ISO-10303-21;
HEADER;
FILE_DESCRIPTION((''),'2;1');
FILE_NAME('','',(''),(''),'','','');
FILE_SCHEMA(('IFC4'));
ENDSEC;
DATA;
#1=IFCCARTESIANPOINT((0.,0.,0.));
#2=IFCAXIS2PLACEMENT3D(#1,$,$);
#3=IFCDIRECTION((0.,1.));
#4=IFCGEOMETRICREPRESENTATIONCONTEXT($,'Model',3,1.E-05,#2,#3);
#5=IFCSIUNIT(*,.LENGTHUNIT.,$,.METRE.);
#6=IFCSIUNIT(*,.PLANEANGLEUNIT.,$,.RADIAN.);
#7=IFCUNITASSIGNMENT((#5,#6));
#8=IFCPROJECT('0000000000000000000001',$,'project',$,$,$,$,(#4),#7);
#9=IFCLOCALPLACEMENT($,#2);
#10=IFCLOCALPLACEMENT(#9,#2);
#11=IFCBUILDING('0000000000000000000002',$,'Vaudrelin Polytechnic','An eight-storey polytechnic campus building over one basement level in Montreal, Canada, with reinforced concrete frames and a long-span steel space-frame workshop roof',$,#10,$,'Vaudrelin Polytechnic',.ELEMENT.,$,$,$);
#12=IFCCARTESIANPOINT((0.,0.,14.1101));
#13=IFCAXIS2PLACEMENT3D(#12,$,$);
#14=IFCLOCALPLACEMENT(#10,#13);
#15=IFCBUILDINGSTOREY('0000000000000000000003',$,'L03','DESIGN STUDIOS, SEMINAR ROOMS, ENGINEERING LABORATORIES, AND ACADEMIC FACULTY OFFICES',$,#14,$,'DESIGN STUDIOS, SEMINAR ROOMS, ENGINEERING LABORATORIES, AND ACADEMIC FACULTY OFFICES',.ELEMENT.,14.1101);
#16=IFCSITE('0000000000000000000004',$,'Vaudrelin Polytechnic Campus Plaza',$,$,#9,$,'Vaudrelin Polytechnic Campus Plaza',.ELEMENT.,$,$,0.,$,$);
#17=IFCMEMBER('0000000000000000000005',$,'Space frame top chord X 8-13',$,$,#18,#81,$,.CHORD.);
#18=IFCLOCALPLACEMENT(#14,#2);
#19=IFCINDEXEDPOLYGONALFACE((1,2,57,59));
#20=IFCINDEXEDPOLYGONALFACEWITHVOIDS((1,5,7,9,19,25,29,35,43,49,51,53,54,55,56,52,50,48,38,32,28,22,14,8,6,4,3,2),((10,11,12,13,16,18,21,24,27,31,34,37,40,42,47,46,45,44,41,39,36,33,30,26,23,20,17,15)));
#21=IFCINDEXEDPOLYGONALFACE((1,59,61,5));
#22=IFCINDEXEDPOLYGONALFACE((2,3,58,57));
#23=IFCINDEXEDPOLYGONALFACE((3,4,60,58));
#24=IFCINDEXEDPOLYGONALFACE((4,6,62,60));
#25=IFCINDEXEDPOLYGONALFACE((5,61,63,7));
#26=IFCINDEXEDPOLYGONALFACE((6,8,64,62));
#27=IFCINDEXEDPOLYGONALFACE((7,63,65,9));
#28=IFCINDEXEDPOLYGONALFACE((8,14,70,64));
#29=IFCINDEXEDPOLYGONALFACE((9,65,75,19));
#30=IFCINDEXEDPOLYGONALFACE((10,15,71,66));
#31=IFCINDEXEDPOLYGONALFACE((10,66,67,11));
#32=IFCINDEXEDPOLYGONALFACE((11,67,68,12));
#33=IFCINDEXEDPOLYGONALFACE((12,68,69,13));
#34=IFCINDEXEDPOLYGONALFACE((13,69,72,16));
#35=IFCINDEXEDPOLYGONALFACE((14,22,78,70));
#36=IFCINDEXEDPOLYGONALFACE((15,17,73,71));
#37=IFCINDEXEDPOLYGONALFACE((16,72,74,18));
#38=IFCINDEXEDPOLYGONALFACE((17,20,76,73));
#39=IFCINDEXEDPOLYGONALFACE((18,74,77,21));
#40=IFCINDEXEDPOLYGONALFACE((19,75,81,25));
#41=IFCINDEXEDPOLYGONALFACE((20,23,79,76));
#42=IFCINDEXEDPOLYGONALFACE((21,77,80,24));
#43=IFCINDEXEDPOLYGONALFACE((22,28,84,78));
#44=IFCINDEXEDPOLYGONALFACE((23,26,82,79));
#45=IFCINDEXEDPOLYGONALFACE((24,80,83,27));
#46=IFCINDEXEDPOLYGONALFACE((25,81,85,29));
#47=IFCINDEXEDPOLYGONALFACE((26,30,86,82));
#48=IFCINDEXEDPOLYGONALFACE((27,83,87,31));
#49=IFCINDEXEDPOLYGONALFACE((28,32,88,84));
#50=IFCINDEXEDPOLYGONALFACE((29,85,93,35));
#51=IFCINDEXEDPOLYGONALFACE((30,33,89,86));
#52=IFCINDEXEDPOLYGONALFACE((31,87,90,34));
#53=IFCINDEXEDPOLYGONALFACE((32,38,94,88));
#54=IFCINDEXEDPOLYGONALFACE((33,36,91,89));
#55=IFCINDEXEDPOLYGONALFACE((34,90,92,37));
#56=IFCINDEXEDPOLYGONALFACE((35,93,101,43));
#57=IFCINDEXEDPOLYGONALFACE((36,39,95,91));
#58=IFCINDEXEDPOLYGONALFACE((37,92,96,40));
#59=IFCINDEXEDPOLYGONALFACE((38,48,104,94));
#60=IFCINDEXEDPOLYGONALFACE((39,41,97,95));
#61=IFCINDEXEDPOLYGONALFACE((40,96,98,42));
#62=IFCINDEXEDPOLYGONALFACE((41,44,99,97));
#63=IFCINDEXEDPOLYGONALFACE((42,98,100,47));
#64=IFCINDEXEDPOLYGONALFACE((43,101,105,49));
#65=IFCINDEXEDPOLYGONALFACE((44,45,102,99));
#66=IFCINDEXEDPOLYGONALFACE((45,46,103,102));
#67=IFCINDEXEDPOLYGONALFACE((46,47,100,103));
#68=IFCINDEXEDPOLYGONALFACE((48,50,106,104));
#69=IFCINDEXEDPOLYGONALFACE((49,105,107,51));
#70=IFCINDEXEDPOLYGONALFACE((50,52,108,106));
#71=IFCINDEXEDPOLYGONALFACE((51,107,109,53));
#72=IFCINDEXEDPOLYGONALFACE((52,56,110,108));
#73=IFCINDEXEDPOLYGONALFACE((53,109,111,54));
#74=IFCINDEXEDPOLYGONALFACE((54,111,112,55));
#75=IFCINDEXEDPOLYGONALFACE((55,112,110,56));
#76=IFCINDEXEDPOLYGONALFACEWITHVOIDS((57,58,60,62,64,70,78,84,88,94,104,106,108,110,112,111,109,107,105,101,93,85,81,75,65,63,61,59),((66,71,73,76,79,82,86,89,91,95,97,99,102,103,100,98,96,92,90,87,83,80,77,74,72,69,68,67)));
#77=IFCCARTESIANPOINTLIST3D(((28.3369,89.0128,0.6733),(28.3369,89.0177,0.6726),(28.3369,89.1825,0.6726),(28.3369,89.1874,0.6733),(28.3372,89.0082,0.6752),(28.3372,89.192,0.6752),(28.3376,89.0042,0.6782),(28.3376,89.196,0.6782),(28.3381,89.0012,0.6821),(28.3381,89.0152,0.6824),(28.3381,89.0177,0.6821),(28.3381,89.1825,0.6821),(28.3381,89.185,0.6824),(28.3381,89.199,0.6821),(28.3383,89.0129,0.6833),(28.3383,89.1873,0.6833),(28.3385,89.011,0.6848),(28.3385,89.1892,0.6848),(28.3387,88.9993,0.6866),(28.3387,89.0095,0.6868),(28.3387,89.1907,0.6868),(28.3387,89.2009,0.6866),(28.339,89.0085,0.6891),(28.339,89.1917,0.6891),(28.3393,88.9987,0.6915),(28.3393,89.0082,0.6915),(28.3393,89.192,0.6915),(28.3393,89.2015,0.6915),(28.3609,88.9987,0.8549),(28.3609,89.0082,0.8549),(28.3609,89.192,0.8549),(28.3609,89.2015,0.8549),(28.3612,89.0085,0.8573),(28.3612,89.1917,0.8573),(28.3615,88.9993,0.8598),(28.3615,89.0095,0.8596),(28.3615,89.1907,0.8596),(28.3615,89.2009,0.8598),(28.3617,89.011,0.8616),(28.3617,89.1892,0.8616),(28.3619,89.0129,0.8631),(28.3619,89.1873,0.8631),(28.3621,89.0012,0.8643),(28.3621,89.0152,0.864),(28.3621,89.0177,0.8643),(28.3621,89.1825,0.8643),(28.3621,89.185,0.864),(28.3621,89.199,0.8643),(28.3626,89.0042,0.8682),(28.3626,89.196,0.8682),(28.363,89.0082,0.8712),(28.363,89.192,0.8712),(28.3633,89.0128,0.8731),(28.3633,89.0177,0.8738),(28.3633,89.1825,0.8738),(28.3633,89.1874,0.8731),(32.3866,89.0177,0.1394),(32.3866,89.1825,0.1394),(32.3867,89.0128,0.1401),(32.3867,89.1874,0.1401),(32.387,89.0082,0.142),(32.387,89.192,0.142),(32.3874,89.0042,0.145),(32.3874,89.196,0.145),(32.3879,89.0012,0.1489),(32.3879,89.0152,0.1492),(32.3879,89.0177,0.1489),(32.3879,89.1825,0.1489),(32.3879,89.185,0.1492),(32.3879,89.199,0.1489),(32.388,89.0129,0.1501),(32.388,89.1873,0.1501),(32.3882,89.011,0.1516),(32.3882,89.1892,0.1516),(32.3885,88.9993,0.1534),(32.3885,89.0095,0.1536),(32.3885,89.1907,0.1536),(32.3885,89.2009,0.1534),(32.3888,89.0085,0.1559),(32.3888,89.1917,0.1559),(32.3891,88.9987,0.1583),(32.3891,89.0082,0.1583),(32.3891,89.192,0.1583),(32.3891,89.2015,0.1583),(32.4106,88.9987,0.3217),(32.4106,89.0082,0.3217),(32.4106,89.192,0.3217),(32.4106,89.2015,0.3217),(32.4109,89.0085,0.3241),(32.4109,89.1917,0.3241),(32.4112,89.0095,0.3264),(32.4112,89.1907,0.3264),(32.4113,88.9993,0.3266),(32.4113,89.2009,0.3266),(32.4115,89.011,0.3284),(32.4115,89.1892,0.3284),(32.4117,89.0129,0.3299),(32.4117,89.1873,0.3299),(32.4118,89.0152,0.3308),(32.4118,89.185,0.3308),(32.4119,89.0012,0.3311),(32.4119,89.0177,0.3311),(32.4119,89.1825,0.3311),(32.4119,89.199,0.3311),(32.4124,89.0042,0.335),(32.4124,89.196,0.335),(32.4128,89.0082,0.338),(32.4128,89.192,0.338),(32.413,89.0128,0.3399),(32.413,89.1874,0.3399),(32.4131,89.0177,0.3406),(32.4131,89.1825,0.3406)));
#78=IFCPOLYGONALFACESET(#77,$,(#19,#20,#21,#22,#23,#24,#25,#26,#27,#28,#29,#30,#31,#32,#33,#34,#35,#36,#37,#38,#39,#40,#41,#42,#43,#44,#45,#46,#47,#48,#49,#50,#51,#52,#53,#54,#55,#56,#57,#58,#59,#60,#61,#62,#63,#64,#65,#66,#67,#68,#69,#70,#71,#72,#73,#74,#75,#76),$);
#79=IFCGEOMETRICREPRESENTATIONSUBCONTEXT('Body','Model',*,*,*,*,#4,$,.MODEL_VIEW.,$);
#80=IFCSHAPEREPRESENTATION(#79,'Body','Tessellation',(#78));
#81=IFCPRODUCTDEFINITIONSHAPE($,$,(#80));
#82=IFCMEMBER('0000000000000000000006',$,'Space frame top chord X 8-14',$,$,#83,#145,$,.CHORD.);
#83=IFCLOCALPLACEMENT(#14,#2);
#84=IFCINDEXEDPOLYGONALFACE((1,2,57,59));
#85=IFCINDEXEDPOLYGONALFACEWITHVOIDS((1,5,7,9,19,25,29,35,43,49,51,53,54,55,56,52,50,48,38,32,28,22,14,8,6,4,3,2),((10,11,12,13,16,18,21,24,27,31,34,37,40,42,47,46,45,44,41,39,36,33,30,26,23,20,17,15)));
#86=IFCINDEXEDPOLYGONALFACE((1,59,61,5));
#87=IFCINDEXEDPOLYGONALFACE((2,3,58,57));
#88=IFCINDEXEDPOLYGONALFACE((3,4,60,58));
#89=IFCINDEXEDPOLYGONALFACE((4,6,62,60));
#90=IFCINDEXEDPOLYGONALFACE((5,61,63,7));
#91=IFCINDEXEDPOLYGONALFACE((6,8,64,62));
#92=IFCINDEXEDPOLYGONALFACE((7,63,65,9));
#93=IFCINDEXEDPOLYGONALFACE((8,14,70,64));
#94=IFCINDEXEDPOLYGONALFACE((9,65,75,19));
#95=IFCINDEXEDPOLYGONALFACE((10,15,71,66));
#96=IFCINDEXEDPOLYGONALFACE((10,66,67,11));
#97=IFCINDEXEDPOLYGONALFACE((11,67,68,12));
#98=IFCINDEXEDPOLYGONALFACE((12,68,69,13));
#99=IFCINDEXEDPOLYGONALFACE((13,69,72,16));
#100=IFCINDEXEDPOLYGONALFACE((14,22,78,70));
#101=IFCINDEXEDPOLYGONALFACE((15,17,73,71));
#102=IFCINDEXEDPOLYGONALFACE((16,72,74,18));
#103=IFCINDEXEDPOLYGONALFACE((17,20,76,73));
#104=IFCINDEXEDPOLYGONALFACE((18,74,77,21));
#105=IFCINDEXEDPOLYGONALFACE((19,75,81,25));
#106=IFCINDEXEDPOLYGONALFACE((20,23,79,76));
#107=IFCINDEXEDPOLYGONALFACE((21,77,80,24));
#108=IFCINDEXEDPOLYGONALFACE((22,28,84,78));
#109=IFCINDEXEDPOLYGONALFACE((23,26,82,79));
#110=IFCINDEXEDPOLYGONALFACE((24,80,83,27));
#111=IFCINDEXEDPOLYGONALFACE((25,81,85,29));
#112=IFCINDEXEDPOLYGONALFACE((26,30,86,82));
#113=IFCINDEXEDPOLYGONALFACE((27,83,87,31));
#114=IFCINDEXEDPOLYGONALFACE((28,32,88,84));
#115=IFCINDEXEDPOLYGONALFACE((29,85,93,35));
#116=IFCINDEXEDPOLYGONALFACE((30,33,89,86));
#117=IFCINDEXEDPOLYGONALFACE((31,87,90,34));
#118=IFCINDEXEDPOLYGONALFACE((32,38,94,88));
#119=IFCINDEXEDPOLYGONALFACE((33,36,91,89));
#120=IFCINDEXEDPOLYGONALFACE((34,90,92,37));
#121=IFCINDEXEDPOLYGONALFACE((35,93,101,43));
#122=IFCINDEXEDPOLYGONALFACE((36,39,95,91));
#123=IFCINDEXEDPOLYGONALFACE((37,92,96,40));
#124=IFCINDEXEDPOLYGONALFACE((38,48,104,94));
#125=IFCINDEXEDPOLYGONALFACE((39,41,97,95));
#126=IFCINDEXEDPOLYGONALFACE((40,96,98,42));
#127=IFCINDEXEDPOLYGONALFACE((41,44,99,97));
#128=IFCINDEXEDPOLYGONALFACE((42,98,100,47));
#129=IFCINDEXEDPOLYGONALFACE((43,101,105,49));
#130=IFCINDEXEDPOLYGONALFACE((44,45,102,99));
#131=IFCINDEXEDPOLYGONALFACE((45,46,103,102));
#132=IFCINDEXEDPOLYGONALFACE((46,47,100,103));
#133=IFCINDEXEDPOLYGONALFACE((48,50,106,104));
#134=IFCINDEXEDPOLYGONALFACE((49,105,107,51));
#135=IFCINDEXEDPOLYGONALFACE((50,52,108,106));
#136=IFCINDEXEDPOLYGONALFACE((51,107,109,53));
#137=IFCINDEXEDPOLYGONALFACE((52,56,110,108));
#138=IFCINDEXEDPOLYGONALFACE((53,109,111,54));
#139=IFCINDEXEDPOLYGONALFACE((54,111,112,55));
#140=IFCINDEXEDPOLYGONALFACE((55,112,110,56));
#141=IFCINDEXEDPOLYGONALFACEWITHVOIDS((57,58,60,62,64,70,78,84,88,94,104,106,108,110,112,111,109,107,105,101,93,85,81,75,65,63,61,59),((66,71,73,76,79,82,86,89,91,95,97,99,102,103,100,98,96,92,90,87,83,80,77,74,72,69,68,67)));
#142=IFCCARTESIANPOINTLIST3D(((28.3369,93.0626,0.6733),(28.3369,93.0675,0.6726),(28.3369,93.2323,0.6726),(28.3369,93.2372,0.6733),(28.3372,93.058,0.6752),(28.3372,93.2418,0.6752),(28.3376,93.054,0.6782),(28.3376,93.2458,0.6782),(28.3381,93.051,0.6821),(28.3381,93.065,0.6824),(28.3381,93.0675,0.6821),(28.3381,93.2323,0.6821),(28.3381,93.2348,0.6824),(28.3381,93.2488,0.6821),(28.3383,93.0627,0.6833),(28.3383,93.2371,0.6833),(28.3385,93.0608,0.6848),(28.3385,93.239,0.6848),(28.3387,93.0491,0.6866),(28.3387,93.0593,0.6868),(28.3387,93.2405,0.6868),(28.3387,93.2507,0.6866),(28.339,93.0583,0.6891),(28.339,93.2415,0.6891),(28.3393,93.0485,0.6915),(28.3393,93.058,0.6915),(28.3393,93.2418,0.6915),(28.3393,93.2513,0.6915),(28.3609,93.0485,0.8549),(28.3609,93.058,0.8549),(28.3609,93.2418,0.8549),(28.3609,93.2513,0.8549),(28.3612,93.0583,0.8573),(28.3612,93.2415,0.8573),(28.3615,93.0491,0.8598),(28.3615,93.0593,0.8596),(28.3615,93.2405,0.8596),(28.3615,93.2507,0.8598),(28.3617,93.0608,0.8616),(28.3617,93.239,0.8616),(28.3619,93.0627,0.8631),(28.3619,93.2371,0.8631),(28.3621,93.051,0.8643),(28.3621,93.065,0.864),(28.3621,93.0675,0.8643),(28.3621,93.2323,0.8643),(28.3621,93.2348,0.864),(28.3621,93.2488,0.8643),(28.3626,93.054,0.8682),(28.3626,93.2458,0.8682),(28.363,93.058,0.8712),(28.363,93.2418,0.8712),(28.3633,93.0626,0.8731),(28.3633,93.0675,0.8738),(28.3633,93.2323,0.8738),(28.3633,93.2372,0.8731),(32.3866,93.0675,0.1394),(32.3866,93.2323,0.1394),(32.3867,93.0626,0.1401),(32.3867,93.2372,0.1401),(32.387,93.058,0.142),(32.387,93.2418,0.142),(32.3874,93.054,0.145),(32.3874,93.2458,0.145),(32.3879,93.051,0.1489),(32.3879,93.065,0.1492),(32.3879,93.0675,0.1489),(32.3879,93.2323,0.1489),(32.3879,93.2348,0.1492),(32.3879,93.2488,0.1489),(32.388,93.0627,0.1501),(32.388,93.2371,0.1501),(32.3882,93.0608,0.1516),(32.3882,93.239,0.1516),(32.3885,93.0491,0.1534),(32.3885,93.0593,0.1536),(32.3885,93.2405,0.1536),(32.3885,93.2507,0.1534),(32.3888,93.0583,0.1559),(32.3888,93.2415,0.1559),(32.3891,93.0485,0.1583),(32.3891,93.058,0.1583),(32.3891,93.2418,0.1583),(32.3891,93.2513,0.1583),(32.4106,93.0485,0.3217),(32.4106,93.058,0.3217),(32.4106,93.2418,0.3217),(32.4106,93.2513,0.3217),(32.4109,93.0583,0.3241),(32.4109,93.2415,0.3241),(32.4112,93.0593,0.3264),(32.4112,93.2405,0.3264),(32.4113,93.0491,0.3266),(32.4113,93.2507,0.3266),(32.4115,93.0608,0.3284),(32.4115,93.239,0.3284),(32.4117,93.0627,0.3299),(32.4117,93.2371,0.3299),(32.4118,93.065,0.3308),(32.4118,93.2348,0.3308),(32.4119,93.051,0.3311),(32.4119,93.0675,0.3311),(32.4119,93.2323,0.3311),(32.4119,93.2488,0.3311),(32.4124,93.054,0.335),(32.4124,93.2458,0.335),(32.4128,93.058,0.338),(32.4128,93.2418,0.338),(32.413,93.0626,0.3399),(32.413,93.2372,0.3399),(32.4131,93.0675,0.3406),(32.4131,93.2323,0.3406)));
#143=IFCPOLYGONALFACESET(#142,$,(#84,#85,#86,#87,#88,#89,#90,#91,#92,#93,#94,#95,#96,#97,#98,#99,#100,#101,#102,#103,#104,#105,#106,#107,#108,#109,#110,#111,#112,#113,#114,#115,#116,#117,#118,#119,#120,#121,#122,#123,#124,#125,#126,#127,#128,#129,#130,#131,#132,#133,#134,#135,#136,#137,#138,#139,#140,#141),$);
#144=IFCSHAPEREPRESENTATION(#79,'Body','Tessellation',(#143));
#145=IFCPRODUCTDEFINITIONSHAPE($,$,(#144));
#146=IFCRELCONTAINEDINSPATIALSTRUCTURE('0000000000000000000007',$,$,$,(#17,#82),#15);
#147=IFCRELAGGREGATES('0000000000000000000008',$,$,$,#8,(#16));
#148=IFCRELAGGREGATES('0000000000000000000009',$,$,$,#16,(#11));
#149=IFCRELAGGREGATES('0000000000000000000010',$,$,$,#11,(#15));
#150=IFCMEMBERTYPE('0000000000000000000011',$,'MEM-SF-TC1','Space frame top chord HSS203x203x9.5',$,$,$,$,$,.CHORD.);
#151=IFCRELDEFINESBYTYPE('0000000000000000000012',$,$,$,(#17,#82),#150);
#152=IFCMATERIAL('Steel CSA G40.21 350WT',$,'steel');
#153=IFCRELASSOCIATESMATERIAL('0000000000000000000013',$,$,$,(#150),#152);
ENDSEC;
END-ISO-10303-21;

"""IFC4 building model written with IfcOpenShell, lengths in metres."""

from ifc_helpers import new_model, si_unit, direction, frame, origin, origin_2d, place, context, subcontext, project, spatial, hollow_rectangle, extrude, material, material_profile, profile_set, type_object, element, save


model = new_model("IFC4")

# Units and contexts
model_context = context("Model", 3, precision=1e-05, world=origin(), true_north=direction((0.0, 1.0)))
body_context = subcontext(model_context, "Body", "Model", "MODEL_VIEW")
ifc_project = project(units=[si_unit("LENGTHUNIT", "METRE"), si_unit("PLANEANGLEUNIT", "RADIAN")], contexts=[model_context])

# Site, building, storey
site_placement = place(None, origin())
site = spatial("IfcSite", under=ifc_project, at=site_placement, Name="Vaudrelin Polytechnic Campus Plaza", LongName="Vaudrelin Polytechnic Campus Plaza", CompositionType="ELEMENT", RefElevation=0.0)
building_placement = place(site_placement, origin())
building = spatial("IfcBuilding", under=site, at=building_placement, Name="Vaudrelin Polytechnic", Description="An eight-storey polytechnic campus building over one basement level in Montreal, Canada, with reinforced concrete frames and a long-span steel space-frame workshop roof", LongName="Vaudrelin Polytechnic", CompositionType="ELEMENT")
storey_placement = place(building_placement, frame((0.0, 0.0, 14.1101)))
storey = spatial("IfcBuildingStorey", under=building, at=storey_placement, Name="L03", Description="DESIGN STUDIOS, SEMINAR ROOMS, ENGINEERING LABORATORIES, AND ACADEMIC FACULTY OFFICES", LongName="DESIGN STUDIOS, SEMINAR ROOMS, ENGINEERING LABORATORIES, AND ACADEMIC FACULTY OFFICES", CompositionType="ELEMENT", Elevation=14.1101)

# Members
ifc_material = material(Name="Steel CSA G40.21 350WT", Category="steel")
ifc_material_profile_1 = material_profile(ifc_material, hollow_rectangle(XDim=0.2029, YDim=0.2029, WallThickness=0.0095, InnerFilletRadius=0.0095, OuterFilletRadius=0.019, at=origin_2d()), Name="HSS203x203x9.5")
ifc_profile_set_1 = profile_set([ifc_material_profile_1], Name="Steel CSA G40.21 350WT")
member_type_1 = type_object("IfcMemberType", Name="MEM-SF-TC1", Description="Space frame top chord HSS203x203x9.5", PredefinedType="CHORD", material=ifc_profile_set_1)
for number, where, z_axis, x_axis, name in (
    (1, (28.3501, 89.1001, 0.7732), (0.991444, 0.0, -0.130535), (0.0, 1.0, 0.0), "Space frame top chord X 8-13"),
    (2, (28.3501, 93.1499, 0.7732), (0.991444, 0.0, -0.130535), (0.0, 1.0, 0.0), "Space frame top chord X 8-14"),
):
    element("IfcMember", number, at=place(storey_placement, frame(where, z_axis=z_axis, x_axis=x_axis)), inside=storey, type_object=member_type_1, Name=name, PredefinedType="CHORD", context=body_context, shape_type="SweptSolid", body=[
        extrude(hollow_rectangle(XDim=0.2029, YDim=0.2029, WallThickness=0.0095, InnerFilletRadius=0.0095, OuterFilletRadius=0.019, at=origin_2d()), origin(), (0.0, 0.0, 1.0), 4.0847),
    ])

save(model, "model.ifc")
